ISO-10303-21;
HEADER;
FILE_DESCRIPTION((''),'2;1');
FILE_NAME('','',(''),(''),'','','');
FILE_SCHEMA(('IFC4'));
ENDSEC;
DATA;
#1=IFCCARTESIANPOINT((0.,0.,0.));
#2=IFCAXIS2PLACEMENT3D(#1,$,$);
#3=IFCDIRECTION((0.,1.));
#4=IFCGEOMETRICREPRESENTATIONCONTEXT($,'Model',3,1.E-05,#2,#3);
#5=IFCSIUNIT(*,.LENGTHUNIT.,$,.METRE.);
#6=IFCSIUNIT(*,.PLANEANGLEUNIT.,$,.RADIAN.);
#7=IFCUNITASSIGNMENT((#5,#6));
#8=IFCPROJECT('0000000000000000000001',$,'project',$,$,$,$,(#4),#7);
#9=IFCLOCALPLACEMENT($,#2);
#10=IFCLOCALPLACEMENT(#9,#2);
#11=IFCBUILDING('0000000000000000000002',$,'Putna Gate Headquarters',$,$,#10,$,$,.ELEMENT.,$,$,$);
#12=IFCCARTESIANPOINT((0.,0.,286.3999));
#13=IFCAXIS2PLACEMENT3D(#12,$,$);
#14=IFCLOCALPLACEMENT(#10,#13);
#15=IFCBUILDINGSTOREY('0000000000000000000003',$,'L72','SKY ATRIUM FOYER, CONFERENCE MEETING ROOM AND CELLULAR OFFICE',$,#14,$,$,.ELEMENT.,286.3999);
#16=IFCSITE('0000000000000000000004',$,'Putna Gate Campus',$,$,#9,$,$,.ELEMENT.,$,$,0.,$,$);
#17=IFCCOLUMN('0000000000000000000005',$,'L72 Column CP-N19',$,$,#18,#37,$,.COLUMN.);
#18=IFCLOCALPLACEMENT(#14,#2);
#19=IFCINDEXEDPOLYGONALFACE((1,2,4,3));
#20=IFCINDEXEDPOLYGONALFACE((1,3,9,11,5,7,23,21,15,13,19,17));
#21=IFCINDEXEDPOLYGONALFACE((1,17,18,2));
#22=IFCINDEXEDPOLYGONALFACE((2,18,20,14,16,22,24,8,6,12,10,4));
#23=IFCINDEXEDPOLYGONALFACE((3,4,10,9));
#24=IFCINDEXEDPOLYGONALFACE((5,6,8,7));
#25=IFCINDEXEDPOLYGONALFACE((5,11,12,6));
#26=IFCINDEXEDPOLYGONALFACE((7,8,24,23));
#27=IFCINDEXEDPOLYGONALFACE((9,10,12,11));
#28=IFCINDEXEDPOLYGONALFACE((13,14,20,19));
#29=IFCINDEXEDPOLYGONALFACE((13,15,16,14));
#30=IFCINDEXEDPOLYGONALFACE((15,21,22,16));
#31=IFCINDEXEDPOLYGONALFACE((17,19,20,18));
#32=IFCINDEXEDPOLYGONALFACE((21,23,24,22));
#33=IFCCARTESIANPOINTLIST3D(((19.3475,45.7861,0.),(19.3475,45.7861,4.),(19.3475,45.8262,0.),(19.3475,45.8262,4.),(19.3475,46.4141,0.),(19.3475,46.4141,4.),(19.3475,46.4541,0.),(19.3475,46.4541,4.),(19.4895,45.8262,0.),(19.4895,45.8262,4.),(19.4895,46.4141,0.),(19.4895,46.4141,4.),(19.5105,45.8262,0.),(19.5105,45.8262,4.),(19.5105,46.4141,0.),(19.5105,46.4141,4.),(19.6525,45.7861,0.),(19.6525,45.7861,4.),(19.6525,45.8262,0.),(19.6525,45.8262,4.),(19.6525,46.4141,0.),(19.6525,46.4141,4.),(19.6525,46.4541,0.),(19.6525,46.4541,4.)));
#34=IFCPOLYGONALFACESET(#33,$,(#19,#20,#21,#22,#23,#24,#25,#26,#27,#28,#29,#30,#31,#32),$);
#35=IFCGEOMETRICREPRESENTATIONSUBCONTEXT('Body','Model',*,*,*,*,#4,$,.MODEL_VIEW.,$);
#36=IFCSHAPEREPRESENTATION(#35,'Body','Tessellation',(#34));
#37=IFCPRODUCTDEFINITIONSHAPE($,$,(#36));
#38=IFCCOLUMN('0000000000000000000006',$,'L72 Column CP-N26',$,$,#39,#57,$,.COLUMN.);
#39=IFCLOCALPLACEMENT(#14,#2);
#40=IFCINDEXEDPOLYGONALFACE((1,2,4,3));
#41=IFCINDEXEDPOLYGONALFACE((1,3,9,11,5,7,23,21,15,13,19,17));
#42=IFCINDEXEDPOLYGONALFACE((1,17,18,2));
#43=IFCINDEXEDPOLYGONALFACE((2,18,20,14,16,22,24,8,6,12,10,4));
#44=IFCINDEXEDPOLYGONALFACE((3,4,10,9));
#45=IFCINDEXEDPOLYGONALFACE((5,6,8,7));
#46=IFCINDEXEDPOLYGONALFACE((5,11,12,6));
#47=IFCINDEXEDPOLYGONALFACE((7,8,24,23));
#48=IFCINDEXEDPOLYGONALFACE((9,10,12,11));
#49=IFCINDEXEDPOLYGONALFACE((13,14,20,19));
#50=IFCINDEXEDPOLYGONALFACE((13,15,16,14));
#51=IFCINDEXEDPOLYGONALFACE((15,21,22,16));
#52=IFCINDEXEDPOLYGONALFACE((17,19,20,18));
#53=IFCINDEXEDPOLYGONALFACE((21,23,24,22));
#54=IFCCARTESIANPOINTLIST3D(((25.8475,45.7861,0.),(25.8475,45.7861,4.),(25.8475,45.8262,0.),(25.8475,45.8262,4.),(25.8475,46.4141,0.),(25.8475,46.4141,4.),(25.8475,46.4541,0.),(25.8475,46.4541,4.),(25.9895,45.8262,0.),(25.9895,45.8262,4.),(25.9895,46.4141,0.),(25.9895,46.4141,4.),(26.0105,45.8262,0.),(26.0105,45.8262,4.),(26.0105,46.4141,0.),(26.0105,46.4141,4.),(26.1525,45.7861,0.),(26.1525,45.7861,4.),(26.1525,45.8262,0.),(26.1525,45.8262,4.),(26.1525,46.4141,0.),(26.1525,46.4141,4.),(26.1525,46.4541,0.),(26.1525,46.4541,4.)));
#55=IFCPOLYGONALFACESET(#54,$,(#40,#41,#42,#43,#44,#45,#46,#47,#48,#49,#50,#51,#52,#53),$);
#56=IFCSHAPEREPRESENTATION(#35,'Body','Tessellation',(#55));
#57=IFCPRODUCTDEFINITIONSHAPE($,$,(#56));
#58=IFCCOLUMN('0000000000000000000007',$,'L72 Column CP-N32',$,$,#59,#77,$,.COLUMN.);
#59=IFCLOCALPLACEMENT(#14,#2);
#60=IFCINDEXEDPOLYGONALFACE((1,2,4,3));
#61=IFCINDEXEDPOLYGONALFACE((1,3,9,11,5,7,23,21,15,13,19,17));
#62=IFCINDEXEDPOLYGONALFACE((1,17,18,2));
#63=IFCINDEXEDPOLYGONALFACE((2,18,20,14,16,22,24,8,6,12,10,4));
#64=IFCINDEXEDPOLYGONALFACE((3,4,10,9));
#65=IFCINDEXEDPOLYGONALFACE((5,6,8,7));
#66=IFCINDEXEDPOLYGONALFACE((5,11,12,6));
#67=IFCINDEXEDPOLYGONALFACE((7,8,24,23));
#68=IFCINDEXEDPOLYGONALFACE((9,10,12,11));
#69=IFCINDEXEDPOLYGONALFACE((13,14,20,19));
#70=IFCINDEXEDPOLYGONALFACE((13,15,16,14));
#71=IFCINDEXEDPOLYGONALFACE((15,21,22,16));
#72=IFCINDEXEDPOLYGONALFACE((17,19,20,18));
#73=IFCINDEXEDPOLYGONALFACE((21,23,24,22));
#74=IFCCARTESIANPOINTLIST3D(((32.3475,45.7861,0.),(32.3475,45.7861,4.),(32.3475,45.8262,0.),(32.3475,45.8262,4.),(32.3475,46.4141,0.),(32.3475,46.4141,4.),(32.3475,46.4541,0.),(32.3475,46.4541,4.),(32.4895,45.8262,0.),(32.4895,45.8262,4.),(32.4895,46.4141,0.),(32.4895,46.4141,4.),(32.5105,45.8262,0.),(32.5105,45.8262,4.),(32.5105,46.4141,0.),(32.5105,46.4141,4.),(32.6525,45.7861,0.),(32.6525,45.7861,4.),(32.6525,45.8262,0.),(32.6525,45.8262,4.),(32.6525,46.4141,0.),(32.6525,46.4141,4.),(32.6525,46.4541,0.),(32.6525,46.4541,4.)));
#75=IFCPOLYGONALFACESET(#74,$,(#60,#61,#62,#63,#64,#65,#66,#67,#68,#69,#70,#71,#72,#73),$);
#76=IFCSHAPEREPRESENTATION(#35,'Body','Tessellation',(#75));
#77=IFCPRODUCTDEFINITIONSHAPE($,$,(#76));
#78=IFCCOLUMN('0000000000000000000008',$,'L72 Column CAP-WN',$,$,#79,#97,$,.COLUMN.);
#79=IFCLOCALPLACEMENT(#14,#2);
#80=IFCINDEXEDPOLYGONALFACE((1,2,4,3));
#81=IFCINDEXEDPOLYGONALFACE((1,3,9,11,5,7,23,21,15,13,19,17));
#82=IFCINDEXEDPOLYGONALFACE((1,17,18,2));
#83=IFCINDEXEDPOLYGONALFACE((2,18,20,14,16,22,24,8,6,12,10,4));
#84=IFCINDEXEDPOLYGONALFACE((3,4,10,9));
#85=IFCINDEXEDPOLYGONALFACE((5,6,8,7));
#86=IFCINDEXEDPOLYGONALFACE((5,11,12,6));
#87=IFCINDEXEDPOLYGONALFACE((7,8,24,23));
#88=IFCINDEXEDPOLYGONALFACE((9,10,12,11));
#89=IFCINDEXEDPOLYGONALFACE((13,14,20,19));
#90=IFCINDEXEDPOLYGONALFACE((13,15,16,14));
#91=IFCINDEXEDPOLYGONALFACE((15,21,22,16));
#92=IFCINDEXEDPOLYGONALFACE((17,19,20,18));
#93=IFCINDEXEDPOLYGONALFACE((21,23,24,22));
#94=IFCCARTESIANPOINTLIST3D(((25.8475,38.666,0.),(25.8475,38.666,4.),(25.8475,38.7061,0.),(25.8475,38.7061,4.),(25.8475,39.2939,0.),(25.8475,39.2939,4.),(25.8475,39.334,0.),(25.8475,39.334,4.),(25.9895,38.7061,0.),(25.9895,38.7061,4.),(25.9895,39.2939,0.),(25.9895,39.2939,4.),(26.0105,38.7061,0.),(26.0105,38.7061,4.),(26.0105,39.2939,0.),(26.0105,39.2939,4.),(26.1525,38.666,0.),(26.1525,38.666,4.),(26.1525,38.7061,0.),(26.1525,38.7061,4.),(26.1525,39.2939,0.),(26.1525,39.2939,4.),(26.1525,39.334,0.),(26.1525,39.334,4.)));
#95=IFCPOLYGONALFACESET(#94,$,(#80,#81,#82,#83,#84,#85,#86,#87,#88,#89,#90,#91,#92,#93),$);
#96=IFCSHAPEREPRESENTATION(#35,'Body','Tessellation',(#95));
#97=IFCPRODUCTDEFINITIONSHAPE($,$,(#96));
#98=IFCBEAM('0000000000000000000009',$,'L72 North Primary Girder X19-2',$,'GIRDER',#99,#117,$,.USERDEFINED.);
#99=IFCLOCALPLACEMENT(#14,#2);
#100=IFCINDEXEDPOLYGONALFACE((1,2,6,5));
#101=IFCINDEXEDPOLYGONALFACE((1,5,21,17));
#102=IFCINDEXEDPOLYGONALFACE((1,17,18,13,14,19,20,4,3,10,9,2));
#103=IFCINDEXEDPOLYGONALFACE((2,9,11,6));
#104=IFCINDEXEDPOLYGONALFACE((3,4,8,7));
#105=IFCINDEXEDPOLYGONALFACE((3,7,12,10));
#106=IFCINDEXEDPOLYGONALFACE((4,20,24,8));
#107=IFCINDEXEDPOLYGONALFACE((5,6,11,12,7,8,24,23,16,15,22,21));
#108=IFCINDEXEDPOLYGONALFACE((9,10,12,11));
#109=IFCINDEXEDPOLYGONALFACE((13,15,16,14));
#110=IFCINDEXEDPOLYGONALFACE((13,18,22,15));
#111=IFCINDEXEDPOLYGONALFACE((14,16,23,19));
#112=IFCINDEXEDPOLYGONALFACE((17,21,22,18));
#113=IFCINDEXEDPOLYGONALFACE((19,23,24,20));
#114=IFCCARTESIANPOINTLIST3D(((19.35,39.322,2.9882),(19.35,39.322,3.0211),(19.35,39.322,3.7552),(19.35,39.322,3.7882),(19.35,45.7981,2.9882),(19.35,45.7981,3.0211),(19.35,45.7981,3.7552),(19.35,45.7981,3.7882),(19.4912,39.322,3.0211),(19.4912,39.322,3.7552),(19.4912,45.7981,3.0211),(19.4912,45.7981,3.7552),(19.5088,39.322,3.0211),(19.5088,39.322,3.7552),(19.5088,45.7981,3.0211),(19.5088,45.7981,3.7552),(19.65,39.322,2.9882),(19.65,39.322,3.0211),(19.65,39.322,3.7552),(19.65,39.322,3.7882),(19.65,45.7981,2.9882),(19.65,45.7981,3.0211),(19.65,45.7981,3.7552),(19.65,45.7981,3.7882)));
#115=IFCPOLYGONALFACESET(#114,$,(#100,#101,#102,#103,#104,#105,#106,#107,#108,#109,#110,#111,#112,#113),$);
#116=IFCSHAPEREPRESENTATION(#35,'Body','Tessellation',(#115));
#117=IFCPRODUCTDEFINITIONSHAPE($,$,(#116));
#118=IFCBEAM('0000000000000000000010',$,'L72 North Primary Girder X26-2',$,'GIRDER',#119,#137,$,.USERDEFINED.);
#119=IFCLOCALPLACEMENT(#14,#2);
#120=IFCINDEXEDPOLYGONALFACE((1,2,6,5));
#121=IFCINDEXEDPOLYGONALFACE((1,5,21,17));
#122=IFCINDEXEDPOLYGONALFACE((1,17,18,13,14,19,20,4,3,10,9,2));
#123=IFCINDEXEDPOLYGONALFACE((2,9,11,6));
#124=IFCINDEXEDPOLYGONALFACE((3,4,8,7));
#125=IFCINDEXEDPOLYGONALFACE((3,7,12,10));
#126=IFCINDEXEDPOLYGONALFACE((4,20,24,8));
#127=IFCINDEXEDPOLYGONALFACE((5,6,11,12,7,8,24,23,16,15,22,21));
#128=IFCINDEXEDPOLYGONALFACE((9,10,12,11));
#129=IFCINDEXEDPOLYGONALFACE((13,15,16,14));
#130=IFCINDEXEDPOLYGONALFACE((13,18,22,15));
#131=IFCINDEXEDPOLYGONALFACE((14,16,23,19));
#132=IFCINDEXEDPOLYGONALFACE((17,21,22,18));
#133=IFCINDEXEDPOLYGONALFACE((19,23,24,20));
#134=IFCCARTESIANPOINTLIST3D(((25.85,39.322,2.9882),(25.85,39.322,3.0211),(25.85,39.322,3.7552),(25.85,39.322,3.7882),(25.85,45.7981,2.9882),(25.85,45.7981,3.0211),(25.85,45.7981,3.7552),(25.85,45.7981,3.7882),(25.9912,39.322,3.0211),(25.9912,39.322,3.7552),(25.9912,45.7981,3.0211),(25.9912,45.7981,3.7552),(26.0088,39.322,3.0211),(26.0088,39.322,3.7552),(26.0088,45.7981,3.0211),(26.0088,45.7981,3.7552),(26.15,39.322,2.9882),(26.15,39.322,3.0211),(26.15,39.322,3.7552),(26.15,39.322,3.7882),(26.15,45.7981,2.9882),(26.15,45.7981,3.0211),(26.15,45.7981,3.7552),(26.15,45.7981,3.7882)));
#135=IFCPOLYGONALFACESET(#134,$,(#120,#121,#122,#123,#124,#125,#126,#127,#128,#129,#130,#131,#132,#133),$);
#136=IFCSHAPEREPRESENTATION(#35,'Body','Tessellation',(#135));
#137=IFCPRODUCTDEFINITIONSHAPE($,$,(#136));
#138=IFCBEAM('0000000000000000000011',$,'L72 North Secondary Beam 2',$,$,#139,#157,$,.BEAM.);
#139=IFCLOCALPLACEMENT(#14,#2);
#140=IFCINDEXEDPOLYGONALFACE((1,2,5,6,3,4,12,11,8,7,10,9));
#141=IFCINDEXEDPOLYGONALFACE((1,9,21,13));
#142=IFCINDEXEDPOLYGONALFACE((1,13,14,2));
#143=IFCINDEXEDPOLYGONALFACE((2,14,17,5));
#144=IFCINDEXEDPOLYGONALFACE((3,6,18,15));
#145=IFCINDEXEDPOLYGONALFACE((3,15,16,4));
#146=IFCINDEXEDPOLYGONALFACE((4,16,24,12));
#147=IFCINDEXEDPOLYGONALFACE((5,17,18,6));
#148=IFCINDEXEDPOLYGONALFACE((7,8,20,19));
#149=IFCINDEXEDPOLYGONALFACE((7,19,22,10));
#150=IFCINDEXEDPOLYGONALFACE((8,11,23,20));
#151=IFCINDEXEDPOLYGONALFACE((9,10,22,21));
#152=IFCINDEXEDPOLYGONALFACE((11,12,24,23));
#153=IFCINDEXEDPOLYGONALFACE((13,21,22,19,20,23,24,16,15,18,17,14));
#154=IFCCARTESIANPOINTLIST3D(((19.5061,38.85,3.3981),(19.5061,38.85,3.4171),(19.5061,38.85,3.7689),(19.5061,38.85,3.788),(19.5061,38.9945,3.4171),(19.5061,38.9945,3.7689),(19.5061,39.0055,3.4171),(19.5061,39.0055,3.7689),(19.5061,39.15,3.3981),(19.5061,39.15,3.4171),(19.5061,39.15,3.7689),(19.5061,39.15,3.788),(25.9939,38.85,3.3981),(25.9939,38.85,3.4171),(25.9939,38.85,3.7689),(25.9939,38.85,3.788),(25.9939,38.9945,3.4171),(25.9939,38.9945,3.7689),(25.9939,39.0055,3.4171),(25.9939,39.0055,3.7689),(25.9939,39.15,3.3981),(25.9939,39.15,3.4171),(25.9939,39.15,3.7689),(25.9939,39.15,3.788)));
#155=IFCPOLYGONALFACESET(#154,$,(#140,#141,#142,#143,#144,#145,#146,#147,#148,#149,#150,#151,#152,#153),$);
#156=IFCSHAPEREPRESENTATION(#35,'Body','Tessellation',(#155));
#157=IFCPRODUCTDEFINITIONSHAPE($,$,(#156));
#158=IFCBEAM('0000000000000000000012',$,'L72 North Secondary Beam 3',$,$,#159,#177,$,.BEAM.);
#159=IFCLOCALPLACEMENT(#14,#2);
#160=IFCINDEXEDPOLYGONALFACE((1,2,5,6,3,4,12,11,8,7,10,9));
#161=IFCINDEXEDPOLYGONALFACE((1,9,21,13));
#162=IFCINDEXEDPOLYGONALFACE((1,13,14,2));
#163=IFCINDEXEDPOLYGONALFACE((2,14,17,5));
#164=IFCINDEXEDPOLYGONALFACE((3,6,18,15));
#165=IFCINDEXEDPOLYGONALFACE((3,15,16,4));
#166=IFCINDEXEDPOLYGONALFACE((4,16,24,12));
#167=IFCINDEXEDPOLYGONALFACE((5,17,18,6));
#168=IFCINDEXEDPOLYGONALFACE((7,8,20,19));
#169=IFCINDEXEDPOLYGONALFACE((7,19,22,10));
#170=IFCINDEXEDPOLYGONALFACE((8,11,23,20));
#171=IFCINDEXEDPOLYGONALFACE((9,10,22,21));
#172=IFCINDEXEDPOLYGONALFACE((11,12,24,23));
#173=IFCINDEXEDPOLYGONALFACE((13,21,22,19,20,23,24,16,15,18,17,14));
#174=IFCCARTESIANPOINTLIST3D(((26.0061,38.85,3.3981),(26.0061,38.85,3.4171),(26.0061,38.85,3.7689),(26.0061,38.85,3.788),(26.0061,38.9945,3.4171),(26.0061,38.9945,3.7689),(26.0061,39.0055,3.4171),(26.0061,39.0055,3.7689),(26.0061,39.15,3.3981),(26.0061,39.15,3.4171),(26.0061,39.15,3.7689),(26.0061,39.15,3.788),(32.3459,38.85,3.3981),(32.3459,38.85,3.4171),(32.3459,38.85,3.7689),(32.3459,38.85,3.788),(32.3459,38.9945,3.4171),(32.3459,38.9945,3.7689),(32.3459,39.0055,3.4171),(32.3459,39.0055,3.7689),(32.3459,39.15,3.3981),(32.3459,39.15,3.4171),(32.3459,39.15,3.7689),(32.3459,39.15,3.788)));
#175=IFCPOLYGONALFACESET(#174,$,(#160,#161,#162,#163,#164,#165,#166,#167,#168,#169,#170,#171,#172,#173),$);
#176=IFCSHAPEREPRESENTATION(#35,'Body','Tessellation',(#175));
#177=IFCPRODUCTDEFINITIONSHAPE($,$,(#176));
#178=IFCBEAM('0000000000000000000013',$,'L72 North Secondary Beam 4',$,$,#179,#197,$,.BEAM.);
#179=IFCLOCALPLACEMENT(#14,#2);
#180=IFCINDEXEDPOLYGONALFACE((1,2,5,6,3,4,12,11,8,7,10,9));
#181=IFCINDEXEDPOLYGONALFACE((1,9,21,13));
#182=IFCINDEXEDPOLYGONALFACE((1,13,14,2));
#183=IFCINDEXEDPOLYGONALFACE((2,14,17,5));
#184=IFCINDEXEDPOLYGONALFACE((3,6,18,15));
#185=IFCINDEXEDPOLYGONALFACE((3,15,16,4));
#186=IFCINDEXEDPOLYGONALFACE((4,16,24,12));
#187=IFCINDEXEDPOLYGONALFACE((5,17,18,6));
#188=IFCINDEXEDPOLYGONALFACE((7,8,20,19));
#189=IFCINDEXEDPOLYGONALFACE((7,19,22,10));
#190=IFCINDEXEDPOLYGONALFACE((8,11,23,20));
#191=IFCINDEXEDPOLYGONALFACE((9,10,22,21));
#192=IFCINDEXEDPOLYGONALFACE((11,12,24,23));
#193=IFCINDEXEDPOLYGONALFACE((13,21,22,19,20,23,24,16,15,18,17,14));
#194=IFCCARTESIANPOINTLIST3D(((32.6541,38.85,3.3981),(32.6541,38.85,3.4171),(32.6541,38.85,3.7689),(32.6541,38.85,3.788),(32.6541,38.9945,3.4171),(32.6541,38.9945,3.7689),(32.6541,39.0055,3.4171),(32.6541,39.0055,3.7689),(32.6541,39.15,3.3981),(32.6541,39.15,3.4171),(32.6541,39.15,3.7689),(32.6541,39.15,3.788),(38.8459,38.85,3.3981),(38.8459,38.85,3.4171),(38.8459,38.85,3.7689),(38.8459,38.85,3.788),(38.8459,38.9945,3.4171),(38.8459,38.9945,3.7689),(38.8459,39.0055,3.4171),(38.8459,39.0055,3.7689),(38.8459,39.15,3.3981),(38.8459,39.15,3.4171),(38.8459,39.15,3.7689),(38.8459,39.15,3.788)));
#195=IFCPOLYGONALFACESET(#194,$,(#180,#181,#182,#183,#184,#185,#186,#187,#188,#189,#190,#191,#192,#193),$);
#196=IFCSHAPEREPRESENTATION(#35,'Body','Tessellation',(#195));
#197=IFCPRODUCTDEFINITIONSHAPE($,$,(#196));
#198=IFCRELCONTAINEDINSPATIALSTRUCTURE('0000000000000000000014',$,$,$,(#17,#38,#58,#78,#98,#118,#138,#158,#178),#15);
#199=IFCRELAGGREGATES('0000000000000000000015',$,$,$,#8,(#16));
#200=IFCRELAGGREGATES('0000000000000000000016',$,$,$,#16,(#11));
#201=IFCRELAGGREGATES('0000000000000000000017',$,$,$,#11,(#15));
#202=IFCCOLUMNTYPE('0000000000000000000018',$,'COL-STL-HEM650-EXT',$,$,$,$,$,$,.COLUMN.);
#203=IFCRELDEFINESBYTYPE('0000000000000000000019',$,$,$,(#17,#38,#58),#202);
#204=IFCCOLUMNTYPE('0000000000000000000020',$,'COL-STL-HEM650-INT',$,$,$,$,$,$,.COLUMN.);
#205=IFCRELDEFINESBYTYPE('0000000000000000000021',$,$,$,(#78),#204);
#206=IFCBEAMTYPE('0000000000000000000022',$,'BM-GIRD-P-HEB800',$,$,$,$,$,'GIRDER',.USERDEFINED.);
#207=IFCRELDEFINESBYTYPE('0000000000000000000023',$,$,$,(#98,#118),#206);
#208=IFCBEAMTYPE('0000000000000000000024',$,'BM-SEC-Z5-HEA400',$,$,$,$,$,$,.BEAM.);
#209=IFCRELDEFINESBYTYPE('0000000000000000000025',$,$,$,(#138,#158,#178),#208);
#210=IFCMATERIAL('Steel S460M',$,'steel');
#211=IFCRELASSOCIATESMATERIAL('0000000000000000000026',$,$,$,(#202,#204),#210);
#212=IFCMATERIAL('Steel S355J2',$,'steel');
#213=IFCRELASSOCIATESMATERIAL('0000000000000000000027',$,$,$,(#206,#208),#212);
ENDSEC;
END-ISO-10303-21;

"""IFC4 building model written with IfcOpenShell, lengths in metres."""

from ifc_helpers import new_model, si_unit, direction, frame, origin, origin_2d, place, context, subcontext, project, spatial, i_section, extrude, material, material_profile, profile_set, type_object, element, save


model = new_model("IFC4")

# Units and contexts
model_context = context("Model", 3, precision=1e-05, world=origin(), true_north=direction((0.0, 1.0)))
body_context = subcontext(model_context, "Body", "Model", "MODEL_VIEW")
ifc_project = project(units=[si_unit("LENGTHUNIT", "METRE"), si_unit("PLANEANGLEUNIT", "RADIAN")], contexts=[model_context])

# Site, building, storey
site_placement = place(None, origin())
site = spatial("IfcSite", under=ifc_project, at=site_placement, Name="Putna Gate Campus", CompositionType="ELEMENT", RefElevation=0.0)
building_placement = place(site_placement, origin())
building = spatial("IfcBuilding", under=site, at=building_placement, Name="Putna Gate Headquarters", CompositionType="ELEMENT")
storey_placement = place(building_placement, frame((0.0, 0.0, 286.3999)))
storey = spatial("IfcBuildingStorey", under=building, at=storey_placement, Name="L72", Description="SKY ATRIUM FOYER, CONFERENCE MEETING ROOM AND CELLULAR OFFICE", CompositionType="ELEMENT", Elevation=286.3999)

# Columns
ifc_material_1 = material(Name="Steel S460M", Category="steel")
ifc_material_profile_1 = material_profile(ifc_material_1, i_section(OverallWidth=0.3049, OverallDepth=0.668, WebThickness=0.021, FlangeThickness=0.04, at=origin_2d()), Name="Steel S460M")
ifc_profile_set_1 = profile_set([ifc_material_profile_1], Name="Steel S460M")
column_type_1 = type_object("IfcColumnType", Name="COL-STL-HEM650-EXT", PredefinedType="COLUMN", material=ifc_profile_set_1)
for number, where, z_axis, x_axis, name in (
    (1, (19.5, 46.1201, 0.0), (0.0, 0.0, 1.0), (1.0, 0.0, 0.0), "L72 Column CP-N19"),
    (2, (26.0, 46.1201, 0.0), (0.0, 0.0, 1.0), (1.0, 0.0, 0.0), "L72 Column CP-N26"),
    (3, (32.5, 46.1201, 0.0), (0.0, 0.0, 1.0), (1.0, 0.0, 0.0), "L72 Column CP-N32"),
):
    element("IfcColumn", number, at=place(storey_placement, frame(where, z_axis=z_axis, x_axis=x_axis)), inside=storey, type_object=column_type_1, Name=name, PredefinedType="COLUMN", context=body_context, shape_type="SweptSolid", body=[
        extrude(i_section(OverallWidth=0.3049, OverallDepth=0.668, WebThickness=0.021, FlangeThickness=0.04, at=origin_2d()), origin(), (0.0, 0.0, 1.0), 4.0),
    ])
ifc_material_profile_2 = material_profile(ifc_material_1, i_section(OverallWidth=0.3049, OverallDepth=0.668, WebThickness=0.021, FlangeThickness=0.04, at=origin_2d()), Name="Steel S460M")
ifc_profile_set_2 = profile_set([ifc_material_profile_2], Name="Steel S460M")
column_type_2 = type_object("IfcColumnType", Name="COL-STL-HEM650-INT", PredefinedType="COLUMN", material=ifc_profile_set_2)
column_placement = place(storey_placement, frame((26.0, 39.0, 0.0), z_axis=(0.0, 0.0, 1.0), x_axis=(1.0, 0.0, 0.0)))
element("IfcColumn", 4, at=column_placement, inside=storey, type_object=column_type_2, Name="L72 Column CAP-WN", PredefinedType="COLUMN", context=body_context, shape_type="SweptSolid", body=[
    extrude(i_section(OverallWidth=0.3049, OverallDepth=0.668, WebThickness=0.021, FlangeThickness=0.04, at=origin_2d()), origin(), (0.0, 0.0, 1.0), 4.0),
])

# Beams
ifc_material_2 = material(Name="Steel S355J2", Category="steel")
ifc_material_profile_3 = material_profile(ifc_material_2, i_section(OverallWidth=0.3, OverallDepth=0.8, WebThickness=0.0176, FlangeThickness=0.033, at=origin_2d()), Name="Steel S355J2")
ifc_profile_set_3 = profile_set([ifc_material_profile_3], Name="Steel S355J2")
beam_type_1 = type_object("IfcBeamType", Name="BM-GIRD-P-HEB800", ElementType="GIRDER", PredefinedType="USERDEFINED", material=ifc_profile_set_3)
for number, where, z_axis, x_axis, name in (
    (5, (19.5, 39.322, 3.3882), (0.0, 1.0, 0.0), (-1.0, 0.0, 0.0), "L72 North Primary Girder X19-2"),
    (6, (26.0, 39.322, 3.3882), (0.0, 1.0, 0.0), (-1.0, 0.0, 0.0), "L72 North Primary Girder X26-2"),
):
    element("IfcBeam", number, at=place(storey_placement, frame(where, z_axis=z_axis, x_axis=x_axis)), inside=storey, type_object=beam_type_1, Name=name, ObjectType="GIRDER", PredefinedType="USERDEFINED", context=body_context, shape_type="SweptSolid", body=[
        extrude(i_section(OverallWidth=0.3, OverallDepth=0.8, WebThickness=0.0176, FlangeThickness=0.033, at=origin_2d()), origin(), (0.0, 0.0, 1.0), 6.4761),
    ])
ifc_material_profile_4 = material_profile(ifc_material_2, i_section(OverallWidth=0.3, OverallDepth=0.3899, WebThickness=0.011, FlangeThickness=0.019, at=origin_2d()), Name="Steel S355J2")
ifc_profile_set_4 = profile_set([ifc_material_profile_4], Name="Steel S355J2")
beam_type_2 = type_object("IfcBeamType", Name="BM-SEC-Z5-HEA400", PredefinedType="BEAM", material=ifc_profile_set_4)
beam_1_placement = place(storey_placement, frame((19.5061, 39.0, 3.593), z_axis=(1.0, 0.0, 0.0), x_axis=(0.0, 1.0, 0.0)))
element("IfcBeam", 7, at=beam_1_placement, inside=storey, type_object=beam_type_2, Name="L72 North Secondary Beam 2", PredefinedType="BEAM", context=body_context, shape_type="SweptSolid", body=[
    extrude(i_section(OverallWidth=0.3, OverallDepth=0.3899, WebThickness=0.011, FlangeThickness=0.019, at=origin_2d()), origin(), (0.0, 0.0, 1.0), 6.4878),
])
beam_2_placement = place(storey_placement, frame((26.0061, 39.0, 3.593), z_axis=(1.0, 0.0, 0.0), x_axis=(0.0, 1.0, 0.0)))
element("IfcBeam", 8, at=beam_2_placement, inside=storey, type_object=beam_type_2, Name="L72 North Secondary Beam 3", PredefinedType="BEAM", context=body_context, shape_type="SweptSolid", body=[
    extrude(i_section(OverallWidth=0.3, OverallDepth=0.3899, WebThickness=0.011, FlangeThickness=0.019, at=origin_2d()), origin(), (0.0, 0.0, 1.0), 6.3398),
])
beam_3_placement = place(storey_placement, frame((32.6541, 39.0, 3.593), z_axis=(1.0, 0.0, 0.0), x_axis=(0.0, 1.0, 0.0)))
element("IfcBeam", 9, at=beam_3_placement, inside=storey, type_object=beam_type_2, Name="L72 North Secondary Beam 4", PredefinedType="BEAM", context=body_context, shape_type="SweptSolid", body=[
    extrude(i_section(OverallWidth=0.3, OverallDepth=0.3899, WebThickness=0.011, FlangeThickness=0.019, at=origin_2d()), origin(), (0.0, 0.0, 1.0), 6.1919),
])

save(model, "model.ifc")
